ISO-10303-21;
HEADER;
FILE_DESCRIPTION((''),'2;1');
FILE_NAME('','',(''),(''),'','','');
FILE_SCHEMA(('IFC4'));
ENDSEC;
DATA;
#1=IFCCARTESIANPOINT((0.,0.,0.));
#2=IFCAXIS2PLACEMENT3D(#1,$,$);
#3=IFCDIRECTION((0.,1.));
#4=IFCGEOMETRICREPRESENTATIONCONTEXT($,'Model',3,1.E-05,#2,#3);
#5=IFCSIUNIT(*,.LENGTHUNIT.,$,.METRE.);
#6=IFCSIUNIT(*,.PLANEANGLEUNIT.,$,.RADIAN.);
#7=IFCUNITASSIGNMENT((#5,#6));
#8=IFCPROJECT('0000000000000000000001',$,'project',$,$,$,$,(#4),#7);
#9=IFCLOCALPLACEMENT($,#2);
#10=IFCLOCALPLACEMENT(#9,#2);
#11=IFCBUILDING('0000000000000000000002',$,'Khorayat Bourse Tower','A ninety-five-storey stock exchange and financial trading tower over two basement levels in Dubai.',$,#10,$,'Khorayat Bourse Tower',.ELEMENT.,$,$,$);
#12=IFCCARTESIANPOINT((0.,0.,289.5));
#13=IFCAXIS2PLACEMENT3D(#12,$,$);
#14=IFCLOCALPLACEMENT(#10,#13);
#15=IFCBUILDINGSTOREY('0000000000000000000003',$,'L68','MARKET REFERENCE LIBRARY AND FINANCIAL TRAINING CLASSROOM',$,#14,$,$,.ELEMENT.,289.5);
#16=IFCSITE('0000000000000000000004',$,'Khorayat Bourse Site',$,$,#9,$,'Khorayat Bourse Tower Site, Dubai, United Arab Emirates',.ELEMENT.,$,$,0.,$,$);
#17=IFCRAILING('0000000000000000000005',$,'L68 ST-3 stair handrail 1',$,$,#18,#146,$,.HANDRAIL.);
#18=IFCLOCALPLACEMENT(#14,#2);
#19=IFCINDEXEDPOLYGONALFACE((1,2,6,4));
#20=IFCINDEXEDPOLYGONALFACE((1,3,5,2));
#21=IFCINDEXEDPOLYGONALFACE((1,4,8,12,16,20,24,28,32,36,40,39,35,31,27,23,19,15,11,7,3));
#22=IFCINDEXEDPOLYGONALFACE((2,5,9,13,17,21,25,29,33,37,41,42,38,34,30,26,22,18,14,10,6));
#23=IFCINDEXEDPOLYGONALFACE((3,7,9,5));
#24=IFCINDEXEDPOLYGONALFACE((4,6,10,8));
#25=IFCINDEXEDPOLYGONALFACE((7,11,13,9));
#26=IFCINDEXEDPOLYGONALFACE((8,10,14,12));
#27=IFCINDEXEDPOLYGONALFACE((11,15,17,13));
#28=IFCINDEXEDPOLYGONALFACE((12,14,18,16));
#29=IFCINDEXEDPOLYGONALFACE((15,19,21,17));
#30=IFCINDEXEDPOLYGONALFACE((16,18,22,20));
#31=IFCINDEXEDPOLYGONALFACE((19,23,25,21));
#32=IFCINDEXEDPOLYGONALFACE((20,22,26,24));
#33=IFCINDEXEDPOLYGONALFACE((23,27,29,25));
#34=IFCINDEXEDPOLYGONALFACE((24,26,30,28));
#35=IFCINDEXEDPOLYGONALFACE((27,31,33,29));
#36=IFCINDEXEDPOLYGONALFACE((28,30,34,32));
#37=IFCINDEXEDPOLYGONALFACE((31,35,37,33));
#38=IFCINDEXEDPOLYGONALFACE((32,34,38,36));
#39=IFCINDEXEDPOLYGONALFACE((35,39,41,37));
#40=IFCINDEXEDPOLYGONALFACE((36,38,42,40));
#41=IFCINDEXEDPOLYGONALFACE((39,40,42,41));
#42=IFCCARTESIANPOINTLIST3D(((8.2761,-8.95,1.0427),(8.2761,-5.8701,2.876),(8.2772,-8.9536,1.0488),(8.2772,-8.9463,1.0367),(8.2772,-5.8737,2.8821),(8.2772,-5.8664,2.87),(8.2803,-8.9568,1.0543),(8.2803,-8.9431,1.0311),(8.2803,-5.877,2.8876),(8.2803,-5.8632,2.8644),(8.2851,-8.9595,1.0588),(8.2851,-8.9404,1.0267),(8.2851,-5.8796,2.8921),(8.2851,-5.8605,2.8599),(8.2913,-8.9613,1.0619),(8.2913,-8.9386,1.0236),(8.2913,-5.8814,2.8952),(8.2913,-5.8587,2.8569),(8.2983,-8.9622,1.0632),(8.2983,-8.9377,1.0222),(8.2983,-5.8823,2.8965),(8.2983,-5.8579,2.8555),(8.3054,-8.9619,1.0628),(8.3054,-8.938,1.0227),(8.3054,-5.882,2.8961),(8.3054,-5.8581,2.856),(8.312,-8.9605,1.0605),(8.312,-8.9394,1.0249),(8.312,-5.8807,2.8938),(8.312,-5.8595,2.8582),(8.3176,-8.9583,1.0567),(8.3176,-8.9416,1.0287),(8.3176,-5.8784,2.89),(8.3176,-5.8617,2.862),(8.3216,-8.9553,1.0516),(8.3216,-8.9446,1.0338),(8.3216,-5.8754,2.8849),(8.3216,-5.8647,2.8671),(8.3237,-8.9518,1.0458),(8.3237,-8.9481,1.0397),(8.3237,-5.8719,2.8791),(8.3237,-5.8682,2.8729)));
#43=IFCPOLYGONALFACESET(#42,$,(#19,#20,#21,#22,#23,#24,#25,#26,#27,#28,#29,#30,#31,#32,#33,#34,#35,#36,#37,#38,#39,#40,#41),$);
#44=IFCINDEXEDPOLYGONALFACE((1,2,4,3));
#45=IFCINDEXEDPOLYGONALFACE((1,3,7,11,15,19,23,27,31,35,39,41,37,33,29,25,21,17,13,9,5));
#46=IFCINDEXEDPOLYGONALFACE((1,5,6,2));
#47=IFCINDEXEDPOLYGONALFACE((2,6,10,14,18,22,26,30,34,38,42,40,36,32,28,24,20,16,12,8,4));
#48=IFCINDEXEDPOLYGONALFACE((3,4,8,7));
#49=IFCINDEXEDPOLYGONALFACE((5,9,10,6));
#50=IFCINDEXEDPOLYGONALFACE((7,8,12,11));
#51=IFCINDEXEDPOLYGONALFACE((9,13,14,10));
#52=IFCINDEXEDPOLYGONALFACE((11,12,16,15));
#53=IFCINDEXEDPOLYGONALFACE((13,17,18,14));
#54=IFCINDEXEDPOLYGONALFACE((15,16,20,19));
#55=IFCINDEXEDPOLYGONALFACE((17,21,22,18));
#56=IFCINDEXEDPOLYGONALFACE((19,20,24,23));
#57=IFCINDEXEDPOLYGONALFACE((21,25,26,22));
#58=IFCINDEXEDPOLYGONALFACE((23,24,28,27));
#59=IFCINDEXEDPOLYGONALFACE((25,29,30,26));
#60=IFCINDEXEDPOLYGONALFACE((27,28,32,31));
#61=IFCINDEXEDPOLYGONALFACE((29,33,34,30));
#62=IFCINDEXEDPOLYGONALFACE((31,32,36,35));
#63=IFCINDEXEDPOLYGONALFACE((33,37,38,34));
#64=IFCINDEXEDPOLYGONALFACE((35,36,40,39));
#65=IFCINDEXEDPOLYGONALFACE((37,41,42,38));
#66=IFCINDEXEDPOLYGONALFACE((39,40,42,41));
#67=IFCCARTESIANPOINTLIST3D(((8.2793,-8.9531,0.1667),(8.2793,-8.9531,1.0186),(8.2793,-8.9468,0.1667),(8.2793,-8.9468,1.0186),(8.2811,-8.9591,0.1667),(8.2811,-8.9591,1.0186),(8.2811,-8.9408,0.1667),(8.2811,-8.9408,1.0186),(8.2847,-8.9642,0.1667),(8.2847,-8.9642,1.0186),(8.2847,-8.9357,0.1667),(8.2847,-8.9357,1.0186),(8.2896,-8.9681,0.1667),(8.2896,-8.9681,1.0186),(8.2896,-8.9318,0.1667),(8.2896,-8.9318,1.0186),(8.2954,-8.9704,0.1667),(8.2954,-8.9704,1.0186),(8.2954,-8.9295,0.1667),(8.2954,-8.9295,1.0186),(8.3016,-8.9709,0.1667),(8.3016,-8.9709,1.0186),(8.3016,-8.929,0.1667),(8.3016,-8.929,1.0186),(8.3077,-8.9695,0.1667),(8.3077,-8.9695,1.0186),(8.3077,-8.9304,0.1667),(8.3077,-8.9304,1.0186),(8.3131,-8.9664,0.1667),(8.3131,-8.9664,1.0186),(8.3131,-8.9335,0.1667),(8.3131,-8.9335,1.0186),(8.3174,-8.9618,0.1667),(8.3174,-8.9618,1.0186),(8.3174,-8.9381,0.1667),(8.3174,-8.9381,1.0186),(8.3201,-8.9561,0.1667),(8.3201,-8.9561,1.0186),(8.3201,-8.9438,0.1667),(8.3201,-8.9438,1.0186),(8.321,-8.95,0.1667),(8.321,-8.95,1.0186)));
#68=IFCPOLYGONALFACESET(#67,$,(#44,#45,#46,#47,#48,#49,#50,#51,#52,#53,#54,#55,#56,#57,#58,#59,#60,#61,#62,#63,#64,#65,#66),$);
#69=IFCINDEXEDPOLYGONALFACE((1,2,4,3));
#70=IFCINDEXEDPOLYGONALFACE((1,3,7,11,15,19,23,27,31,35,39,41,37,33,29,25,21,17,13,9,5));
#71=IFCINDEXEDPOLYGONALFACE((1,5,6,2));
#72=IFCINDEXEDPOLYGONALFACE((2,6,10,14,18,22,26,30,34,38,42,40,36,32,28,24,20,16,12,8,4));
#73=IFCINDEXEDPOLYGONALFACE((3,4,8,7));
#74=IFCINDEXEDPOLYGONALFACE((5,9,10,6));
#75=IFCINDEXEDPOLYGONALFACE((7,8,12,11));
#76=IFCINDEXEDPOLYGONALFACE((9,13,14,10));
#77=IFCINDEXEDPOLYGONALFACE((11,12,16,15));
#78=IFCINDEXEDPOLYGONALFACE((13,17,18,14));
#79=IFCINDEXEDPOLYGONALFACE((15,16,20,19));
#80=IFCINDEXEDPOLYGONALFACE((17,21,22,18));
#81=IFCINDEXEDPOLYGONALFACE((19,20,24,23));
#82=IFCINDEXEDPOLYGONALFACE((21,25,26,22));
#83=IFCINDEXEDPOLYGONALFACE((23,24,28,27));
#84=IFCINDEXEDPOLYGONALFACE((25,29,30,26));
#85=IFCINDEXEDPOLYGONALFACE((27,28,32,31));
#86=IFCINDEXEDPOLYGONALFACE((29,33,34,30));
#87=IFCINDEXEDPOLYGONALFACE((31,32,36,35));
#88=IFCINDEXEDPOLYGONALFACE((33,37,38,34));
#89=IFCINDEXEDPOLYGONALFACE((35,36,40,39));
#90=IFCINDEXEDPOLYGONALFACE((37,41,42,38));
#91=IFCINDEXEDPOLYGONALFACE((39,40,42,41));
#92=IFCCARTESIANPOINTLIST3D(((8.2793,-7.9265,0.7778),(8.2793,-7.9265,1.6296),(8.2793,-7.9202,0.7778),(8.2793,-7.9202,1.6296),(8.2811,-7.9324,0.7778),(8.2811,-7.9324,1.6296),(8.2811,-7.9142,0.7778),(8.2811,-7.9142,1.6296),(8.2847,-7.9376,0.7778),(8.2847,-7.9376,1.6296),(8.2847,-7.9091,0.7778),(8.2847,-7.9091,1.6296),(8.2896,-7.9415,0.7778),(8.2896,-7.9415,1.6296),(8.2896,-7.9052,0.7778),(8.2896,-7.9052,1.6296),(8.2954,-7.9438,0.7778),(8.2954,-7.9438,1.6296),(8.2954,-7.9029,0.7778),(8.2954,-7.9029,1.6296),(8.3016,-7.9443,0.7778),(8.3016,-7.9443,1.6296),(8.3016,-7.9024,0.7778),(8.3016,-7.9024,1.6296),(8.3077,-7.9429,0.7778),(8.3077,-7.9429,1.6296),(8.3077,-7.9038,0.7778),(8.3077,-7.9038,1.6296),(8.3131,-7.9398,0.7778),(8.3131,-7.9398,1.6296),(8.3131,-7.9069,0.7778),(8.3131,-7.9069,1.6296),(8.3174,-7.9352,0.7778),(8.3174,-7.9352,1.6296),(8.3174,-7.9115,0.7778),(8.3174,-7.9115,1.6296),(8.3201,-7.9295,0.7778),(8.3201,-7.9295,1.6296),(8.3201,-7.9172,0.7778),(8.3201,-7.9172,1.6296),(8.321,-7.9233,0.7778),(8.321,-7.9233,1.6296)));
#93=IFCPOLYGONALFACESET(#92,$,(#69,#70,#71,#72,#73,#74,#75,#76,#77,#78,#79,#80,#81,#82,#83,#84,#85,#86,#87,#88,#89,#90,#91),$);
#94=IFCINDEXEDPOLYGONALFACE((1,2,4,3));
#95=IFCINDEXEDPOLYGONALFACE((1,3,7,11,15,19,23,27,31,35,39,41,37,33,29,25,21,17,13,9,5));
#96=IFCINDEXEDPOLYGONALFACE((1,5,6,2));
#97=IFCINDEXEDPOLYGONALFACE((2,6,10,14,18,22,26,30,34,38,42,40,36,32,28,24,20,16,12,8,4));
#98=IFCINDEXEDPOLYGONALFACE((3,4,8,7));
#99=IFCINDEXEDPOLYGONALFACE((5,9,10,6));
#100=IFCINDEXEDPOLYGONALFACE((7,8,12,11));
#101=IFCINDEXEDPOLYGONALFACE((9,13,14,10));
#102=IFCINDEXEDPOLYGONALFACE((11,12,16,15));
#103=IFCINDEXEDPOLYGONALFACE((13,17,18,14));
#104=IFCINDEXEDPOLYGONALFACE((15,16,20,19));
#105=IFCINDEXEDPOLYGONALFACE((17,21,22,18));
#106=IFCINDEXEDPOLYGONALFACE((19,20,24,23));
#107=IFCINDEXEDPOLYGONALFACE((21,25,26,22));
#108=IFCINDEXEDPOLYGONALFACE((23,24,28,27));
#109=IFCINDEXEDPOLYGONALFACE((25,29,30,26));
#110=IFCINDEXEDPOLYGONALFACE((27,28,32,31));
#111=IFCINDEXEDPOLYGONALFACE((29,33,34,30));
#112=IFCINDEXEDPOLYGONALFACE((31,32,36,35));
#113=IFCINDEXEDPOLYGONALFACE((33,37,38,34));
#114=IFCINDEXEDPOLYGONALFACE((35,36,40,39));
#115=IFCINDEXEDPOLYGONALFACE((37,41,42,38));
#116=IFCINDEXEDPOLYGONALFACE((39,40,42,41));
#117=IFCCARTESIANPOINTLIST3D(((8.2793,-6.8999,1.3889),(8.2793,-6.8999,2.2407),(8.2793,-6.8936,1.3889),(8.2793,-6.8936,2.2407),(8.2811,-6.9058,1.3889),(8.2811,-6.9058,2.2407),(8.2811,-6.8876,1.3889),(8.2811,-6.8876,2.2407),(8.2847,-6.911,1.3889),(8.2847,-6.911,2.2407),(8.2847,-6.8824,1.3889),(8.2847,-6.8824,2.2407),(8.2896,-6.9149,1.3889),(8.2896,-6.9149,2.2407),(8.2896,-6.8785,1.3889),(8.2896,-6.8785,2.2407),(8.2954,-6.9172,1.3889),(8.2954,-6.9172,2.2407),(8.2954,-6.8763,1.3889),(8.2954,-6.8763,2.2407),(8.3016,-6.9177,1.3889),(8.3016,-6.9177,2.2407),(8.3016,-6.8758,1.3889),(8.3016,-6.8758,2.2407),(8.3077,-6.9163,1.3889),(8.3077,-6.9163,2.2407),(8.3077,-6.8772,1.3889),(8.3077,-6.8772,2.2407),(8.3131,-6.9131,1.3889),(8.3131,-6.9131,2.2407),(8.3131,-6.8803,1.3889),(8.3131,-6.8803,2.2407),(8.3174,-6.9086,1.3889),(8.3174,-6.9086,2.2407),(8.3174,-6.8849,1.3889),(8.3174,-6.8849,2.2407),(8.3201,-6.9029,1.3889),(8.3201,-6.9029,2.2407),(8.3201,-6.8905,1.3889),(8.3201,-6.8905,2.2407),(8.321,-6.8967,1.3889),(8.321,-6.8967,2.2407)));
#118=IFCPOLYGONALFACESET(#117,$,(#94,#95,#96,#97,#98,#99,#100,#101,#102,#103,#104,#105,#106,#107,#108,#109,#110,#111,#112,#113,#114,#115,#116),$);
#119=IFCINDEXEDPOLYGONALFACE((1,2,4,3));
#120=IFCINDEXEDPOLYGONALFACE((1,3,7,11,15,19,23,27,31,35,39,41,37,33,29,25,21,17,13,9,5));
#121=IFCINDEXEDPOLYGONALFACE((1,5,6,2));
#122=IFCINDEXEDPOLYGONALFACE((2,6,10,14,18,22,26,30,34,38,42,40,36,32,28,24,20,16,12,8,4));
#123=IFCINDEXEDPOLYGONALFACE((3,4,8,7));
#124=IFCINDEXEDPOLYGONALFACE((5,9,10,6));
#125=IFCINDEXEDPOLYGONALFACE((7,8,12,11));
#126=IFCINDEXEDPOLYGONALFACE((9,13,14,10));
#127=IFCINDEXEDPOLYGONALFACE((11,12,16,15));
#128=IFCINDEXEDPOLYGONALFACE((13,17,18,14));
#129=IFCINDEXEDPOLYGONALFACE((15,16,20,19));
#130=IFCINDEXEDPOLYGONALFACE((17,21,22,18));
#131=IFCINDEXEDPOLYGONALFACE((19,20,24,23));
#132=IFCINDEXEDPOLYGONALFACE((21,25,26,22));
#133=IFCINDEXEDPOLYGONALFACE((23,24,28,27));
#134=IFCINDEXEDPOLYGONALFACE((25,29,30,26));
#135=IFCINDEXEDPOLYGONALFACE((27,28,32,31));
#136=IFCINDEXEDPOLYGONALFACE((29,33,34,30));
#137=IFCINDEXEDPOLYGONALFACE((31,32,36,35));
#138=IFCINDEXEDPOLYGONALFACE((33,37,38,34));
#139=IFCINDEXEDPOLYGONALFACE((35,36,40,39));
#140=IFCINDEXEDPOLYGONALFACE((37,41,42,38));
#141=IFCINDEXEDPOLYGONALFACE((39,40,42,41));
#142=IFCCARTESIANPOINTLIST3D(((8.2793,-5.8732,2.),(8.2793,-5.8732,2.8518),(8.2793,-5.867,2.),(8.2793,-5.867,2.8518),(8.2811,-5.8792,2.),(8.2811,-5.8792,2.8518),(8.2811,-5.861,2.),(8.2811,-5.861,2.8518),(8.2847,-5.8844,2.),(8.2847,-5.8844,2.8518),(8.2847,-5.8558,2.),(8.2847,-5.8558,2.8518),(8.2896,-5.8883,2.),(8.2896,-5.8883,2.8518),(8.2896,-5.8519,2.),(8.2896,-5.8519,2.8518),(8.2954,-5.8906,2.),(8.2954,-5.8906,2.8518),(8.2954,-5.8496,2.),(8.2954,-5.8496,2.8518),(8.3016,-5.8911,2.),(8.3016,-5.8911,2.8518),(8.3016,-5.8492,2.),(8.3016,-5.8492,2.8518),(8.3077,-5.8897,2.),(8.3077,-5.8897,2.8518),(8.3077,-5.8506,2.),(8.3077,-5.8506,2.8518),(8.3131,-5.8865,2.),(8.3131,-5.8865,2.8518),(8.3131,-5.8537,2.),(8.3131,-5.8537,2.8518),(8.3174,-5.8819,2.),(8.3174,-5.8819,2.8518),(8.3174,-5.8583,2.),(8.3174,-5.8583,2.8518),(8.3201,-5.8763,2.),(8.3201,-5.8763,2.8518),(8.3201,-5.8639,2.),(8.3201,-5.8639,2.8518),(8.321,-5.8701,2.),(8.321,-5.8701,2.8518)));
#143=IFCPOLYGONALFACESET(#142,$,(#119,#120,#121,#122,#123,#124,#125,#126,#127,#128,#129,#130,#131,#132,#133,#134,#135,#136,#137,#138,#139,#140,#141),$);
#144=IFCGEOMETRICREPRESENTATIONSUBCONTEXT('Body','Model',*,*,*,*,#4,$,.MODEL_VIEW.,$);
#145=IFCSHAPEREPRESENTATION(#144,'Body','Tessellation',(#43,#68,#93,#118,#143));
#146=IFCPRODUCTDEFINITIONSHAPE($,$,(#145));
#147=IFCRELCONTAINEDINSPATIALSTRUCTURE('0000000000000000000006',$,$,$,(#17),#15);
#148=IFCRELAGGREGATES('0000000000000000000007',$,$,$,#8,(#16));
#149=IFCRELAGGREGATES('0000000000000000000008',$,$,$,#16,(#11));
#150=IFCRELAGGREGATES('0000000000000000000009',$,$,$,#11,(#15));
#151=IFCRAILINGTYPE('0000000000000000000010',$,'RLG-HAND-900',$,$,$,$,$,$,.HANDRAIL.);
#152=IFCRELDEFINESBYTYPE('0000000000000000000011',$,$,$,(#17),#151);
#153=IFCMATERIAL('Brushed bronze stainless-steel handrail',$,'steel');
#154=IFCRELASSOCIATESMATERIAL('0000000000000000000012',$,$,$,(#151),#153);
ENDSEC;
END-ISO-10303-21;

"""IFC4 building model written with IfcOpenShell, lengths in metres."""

from ifc_helpers import new_model, si_unit, direction, frame, origin, origin_2d, place, context, subcontext, project, spatial, circle, extrude, source, transform, mapped, material, type_object, element, save


model = new_model("IFC4")

# Units and contexts
model_context = context("Model", 3, precision=1e-05, world=origin(), true_north=direction((0.0, 1.0)))
body_context = subcontext(model_context, "Body", "Model", "MODEL_VIEW")
ifc_project = project(units=[si_unit("LENGTHUNIT", "METRE"), si_unit("PLANEANGLEUNIT", "RADIAN")], contexts=[model_context])

# Site, building, storey
site_placement = place(None, origin())
site = spatial("IfcSite", under=ifc_project, at=site_placement, Name="Khorayat Bourse Site", LongName="Khorayat Bourse Tower Site, Dubai, United Arab Emirates", CompositionType="ELEMENT", RefElevation=0.0)
building_placement = place(site_placement, origin())
building = spatial("IfcBuilding", under=site, at=building_placement, Name="Khorayat Bourse Tower", Description="A ninety-five-storey stock exchange and financial trading tower over two basement levels in Dubai.", LongName="Khorayat Bourse Tower", CompositionType="ELEMENT")
storey_placement = place(building_placement, frame((0.0, 0.0, 289.5)))
storey = spatial("IfcBuildingStorey", under=building, at=storey_placement, Name="L68", Description="MARKET REFERENCE LIBRARY AND FINANCIAL TRAINING CLASSROOM", CompositionType="ELEMENT", Elevation=289.5)

# Railing
ifc_material_1 = material(Name="Brushed bronze stainless-steel handrail", Category="steel")
railing_type_1 = type_object("IfcRailingType", Name="RLG-HAND-900", PredefinedType="HANDRAIL", material=ifc_material_1)
shared_shape_1 = source(origin(), body_context, "Body", "SweptSolid", [
    extrude(circle(Radius=0.0239, at=origin_2d()), frame((0.0, 0.0, 0.876), z_axis=(0.0, 0.859291, 0.511487), x_axis=(-1.0, 0.0, 0.0)), (0.0, 0.0, 1.0), 3.5842),
    extrude(circle(Radius=0.021, at=origin_2d()), origin(), (0.0, 0.0, 1.0), 0.8518),
    extrude(circle(Radius=0.021, at=origin_2d()), frame((0.0, 1.0266, 0.6111)), (0.0, 0.0, 1.0), 0.8518),
    extrude(circle(Radius=0.021, at=origin_2d()), frame((0.0, 2.0532, 1.2222)), (0.0, 0.0, 1.0), 0.8518),
    extrude(circle(Radius=0.021, at=origin_2d()), frame((0.0, 3.0798, 1.8333)), (0.0, 0.0, 1.0), 0.8518),
])
railing_1_placement = place(storey_placement, frame((8.3, -8.95, 0.1667)))
element("IfcRailing", 1, at=railing_1_placement, inside=storey, type_object=railing_type_1, Name="L68 ST-3 stair handrail 1", PredefinedType="HANDRAIL", context=body_context, shape_type="MappedRepresentation", body=[
    mapped(shared_shape_1, transform((0.0, 0.0, 0.0), scale=1.0)),
])

save(model, "model.ifc")
